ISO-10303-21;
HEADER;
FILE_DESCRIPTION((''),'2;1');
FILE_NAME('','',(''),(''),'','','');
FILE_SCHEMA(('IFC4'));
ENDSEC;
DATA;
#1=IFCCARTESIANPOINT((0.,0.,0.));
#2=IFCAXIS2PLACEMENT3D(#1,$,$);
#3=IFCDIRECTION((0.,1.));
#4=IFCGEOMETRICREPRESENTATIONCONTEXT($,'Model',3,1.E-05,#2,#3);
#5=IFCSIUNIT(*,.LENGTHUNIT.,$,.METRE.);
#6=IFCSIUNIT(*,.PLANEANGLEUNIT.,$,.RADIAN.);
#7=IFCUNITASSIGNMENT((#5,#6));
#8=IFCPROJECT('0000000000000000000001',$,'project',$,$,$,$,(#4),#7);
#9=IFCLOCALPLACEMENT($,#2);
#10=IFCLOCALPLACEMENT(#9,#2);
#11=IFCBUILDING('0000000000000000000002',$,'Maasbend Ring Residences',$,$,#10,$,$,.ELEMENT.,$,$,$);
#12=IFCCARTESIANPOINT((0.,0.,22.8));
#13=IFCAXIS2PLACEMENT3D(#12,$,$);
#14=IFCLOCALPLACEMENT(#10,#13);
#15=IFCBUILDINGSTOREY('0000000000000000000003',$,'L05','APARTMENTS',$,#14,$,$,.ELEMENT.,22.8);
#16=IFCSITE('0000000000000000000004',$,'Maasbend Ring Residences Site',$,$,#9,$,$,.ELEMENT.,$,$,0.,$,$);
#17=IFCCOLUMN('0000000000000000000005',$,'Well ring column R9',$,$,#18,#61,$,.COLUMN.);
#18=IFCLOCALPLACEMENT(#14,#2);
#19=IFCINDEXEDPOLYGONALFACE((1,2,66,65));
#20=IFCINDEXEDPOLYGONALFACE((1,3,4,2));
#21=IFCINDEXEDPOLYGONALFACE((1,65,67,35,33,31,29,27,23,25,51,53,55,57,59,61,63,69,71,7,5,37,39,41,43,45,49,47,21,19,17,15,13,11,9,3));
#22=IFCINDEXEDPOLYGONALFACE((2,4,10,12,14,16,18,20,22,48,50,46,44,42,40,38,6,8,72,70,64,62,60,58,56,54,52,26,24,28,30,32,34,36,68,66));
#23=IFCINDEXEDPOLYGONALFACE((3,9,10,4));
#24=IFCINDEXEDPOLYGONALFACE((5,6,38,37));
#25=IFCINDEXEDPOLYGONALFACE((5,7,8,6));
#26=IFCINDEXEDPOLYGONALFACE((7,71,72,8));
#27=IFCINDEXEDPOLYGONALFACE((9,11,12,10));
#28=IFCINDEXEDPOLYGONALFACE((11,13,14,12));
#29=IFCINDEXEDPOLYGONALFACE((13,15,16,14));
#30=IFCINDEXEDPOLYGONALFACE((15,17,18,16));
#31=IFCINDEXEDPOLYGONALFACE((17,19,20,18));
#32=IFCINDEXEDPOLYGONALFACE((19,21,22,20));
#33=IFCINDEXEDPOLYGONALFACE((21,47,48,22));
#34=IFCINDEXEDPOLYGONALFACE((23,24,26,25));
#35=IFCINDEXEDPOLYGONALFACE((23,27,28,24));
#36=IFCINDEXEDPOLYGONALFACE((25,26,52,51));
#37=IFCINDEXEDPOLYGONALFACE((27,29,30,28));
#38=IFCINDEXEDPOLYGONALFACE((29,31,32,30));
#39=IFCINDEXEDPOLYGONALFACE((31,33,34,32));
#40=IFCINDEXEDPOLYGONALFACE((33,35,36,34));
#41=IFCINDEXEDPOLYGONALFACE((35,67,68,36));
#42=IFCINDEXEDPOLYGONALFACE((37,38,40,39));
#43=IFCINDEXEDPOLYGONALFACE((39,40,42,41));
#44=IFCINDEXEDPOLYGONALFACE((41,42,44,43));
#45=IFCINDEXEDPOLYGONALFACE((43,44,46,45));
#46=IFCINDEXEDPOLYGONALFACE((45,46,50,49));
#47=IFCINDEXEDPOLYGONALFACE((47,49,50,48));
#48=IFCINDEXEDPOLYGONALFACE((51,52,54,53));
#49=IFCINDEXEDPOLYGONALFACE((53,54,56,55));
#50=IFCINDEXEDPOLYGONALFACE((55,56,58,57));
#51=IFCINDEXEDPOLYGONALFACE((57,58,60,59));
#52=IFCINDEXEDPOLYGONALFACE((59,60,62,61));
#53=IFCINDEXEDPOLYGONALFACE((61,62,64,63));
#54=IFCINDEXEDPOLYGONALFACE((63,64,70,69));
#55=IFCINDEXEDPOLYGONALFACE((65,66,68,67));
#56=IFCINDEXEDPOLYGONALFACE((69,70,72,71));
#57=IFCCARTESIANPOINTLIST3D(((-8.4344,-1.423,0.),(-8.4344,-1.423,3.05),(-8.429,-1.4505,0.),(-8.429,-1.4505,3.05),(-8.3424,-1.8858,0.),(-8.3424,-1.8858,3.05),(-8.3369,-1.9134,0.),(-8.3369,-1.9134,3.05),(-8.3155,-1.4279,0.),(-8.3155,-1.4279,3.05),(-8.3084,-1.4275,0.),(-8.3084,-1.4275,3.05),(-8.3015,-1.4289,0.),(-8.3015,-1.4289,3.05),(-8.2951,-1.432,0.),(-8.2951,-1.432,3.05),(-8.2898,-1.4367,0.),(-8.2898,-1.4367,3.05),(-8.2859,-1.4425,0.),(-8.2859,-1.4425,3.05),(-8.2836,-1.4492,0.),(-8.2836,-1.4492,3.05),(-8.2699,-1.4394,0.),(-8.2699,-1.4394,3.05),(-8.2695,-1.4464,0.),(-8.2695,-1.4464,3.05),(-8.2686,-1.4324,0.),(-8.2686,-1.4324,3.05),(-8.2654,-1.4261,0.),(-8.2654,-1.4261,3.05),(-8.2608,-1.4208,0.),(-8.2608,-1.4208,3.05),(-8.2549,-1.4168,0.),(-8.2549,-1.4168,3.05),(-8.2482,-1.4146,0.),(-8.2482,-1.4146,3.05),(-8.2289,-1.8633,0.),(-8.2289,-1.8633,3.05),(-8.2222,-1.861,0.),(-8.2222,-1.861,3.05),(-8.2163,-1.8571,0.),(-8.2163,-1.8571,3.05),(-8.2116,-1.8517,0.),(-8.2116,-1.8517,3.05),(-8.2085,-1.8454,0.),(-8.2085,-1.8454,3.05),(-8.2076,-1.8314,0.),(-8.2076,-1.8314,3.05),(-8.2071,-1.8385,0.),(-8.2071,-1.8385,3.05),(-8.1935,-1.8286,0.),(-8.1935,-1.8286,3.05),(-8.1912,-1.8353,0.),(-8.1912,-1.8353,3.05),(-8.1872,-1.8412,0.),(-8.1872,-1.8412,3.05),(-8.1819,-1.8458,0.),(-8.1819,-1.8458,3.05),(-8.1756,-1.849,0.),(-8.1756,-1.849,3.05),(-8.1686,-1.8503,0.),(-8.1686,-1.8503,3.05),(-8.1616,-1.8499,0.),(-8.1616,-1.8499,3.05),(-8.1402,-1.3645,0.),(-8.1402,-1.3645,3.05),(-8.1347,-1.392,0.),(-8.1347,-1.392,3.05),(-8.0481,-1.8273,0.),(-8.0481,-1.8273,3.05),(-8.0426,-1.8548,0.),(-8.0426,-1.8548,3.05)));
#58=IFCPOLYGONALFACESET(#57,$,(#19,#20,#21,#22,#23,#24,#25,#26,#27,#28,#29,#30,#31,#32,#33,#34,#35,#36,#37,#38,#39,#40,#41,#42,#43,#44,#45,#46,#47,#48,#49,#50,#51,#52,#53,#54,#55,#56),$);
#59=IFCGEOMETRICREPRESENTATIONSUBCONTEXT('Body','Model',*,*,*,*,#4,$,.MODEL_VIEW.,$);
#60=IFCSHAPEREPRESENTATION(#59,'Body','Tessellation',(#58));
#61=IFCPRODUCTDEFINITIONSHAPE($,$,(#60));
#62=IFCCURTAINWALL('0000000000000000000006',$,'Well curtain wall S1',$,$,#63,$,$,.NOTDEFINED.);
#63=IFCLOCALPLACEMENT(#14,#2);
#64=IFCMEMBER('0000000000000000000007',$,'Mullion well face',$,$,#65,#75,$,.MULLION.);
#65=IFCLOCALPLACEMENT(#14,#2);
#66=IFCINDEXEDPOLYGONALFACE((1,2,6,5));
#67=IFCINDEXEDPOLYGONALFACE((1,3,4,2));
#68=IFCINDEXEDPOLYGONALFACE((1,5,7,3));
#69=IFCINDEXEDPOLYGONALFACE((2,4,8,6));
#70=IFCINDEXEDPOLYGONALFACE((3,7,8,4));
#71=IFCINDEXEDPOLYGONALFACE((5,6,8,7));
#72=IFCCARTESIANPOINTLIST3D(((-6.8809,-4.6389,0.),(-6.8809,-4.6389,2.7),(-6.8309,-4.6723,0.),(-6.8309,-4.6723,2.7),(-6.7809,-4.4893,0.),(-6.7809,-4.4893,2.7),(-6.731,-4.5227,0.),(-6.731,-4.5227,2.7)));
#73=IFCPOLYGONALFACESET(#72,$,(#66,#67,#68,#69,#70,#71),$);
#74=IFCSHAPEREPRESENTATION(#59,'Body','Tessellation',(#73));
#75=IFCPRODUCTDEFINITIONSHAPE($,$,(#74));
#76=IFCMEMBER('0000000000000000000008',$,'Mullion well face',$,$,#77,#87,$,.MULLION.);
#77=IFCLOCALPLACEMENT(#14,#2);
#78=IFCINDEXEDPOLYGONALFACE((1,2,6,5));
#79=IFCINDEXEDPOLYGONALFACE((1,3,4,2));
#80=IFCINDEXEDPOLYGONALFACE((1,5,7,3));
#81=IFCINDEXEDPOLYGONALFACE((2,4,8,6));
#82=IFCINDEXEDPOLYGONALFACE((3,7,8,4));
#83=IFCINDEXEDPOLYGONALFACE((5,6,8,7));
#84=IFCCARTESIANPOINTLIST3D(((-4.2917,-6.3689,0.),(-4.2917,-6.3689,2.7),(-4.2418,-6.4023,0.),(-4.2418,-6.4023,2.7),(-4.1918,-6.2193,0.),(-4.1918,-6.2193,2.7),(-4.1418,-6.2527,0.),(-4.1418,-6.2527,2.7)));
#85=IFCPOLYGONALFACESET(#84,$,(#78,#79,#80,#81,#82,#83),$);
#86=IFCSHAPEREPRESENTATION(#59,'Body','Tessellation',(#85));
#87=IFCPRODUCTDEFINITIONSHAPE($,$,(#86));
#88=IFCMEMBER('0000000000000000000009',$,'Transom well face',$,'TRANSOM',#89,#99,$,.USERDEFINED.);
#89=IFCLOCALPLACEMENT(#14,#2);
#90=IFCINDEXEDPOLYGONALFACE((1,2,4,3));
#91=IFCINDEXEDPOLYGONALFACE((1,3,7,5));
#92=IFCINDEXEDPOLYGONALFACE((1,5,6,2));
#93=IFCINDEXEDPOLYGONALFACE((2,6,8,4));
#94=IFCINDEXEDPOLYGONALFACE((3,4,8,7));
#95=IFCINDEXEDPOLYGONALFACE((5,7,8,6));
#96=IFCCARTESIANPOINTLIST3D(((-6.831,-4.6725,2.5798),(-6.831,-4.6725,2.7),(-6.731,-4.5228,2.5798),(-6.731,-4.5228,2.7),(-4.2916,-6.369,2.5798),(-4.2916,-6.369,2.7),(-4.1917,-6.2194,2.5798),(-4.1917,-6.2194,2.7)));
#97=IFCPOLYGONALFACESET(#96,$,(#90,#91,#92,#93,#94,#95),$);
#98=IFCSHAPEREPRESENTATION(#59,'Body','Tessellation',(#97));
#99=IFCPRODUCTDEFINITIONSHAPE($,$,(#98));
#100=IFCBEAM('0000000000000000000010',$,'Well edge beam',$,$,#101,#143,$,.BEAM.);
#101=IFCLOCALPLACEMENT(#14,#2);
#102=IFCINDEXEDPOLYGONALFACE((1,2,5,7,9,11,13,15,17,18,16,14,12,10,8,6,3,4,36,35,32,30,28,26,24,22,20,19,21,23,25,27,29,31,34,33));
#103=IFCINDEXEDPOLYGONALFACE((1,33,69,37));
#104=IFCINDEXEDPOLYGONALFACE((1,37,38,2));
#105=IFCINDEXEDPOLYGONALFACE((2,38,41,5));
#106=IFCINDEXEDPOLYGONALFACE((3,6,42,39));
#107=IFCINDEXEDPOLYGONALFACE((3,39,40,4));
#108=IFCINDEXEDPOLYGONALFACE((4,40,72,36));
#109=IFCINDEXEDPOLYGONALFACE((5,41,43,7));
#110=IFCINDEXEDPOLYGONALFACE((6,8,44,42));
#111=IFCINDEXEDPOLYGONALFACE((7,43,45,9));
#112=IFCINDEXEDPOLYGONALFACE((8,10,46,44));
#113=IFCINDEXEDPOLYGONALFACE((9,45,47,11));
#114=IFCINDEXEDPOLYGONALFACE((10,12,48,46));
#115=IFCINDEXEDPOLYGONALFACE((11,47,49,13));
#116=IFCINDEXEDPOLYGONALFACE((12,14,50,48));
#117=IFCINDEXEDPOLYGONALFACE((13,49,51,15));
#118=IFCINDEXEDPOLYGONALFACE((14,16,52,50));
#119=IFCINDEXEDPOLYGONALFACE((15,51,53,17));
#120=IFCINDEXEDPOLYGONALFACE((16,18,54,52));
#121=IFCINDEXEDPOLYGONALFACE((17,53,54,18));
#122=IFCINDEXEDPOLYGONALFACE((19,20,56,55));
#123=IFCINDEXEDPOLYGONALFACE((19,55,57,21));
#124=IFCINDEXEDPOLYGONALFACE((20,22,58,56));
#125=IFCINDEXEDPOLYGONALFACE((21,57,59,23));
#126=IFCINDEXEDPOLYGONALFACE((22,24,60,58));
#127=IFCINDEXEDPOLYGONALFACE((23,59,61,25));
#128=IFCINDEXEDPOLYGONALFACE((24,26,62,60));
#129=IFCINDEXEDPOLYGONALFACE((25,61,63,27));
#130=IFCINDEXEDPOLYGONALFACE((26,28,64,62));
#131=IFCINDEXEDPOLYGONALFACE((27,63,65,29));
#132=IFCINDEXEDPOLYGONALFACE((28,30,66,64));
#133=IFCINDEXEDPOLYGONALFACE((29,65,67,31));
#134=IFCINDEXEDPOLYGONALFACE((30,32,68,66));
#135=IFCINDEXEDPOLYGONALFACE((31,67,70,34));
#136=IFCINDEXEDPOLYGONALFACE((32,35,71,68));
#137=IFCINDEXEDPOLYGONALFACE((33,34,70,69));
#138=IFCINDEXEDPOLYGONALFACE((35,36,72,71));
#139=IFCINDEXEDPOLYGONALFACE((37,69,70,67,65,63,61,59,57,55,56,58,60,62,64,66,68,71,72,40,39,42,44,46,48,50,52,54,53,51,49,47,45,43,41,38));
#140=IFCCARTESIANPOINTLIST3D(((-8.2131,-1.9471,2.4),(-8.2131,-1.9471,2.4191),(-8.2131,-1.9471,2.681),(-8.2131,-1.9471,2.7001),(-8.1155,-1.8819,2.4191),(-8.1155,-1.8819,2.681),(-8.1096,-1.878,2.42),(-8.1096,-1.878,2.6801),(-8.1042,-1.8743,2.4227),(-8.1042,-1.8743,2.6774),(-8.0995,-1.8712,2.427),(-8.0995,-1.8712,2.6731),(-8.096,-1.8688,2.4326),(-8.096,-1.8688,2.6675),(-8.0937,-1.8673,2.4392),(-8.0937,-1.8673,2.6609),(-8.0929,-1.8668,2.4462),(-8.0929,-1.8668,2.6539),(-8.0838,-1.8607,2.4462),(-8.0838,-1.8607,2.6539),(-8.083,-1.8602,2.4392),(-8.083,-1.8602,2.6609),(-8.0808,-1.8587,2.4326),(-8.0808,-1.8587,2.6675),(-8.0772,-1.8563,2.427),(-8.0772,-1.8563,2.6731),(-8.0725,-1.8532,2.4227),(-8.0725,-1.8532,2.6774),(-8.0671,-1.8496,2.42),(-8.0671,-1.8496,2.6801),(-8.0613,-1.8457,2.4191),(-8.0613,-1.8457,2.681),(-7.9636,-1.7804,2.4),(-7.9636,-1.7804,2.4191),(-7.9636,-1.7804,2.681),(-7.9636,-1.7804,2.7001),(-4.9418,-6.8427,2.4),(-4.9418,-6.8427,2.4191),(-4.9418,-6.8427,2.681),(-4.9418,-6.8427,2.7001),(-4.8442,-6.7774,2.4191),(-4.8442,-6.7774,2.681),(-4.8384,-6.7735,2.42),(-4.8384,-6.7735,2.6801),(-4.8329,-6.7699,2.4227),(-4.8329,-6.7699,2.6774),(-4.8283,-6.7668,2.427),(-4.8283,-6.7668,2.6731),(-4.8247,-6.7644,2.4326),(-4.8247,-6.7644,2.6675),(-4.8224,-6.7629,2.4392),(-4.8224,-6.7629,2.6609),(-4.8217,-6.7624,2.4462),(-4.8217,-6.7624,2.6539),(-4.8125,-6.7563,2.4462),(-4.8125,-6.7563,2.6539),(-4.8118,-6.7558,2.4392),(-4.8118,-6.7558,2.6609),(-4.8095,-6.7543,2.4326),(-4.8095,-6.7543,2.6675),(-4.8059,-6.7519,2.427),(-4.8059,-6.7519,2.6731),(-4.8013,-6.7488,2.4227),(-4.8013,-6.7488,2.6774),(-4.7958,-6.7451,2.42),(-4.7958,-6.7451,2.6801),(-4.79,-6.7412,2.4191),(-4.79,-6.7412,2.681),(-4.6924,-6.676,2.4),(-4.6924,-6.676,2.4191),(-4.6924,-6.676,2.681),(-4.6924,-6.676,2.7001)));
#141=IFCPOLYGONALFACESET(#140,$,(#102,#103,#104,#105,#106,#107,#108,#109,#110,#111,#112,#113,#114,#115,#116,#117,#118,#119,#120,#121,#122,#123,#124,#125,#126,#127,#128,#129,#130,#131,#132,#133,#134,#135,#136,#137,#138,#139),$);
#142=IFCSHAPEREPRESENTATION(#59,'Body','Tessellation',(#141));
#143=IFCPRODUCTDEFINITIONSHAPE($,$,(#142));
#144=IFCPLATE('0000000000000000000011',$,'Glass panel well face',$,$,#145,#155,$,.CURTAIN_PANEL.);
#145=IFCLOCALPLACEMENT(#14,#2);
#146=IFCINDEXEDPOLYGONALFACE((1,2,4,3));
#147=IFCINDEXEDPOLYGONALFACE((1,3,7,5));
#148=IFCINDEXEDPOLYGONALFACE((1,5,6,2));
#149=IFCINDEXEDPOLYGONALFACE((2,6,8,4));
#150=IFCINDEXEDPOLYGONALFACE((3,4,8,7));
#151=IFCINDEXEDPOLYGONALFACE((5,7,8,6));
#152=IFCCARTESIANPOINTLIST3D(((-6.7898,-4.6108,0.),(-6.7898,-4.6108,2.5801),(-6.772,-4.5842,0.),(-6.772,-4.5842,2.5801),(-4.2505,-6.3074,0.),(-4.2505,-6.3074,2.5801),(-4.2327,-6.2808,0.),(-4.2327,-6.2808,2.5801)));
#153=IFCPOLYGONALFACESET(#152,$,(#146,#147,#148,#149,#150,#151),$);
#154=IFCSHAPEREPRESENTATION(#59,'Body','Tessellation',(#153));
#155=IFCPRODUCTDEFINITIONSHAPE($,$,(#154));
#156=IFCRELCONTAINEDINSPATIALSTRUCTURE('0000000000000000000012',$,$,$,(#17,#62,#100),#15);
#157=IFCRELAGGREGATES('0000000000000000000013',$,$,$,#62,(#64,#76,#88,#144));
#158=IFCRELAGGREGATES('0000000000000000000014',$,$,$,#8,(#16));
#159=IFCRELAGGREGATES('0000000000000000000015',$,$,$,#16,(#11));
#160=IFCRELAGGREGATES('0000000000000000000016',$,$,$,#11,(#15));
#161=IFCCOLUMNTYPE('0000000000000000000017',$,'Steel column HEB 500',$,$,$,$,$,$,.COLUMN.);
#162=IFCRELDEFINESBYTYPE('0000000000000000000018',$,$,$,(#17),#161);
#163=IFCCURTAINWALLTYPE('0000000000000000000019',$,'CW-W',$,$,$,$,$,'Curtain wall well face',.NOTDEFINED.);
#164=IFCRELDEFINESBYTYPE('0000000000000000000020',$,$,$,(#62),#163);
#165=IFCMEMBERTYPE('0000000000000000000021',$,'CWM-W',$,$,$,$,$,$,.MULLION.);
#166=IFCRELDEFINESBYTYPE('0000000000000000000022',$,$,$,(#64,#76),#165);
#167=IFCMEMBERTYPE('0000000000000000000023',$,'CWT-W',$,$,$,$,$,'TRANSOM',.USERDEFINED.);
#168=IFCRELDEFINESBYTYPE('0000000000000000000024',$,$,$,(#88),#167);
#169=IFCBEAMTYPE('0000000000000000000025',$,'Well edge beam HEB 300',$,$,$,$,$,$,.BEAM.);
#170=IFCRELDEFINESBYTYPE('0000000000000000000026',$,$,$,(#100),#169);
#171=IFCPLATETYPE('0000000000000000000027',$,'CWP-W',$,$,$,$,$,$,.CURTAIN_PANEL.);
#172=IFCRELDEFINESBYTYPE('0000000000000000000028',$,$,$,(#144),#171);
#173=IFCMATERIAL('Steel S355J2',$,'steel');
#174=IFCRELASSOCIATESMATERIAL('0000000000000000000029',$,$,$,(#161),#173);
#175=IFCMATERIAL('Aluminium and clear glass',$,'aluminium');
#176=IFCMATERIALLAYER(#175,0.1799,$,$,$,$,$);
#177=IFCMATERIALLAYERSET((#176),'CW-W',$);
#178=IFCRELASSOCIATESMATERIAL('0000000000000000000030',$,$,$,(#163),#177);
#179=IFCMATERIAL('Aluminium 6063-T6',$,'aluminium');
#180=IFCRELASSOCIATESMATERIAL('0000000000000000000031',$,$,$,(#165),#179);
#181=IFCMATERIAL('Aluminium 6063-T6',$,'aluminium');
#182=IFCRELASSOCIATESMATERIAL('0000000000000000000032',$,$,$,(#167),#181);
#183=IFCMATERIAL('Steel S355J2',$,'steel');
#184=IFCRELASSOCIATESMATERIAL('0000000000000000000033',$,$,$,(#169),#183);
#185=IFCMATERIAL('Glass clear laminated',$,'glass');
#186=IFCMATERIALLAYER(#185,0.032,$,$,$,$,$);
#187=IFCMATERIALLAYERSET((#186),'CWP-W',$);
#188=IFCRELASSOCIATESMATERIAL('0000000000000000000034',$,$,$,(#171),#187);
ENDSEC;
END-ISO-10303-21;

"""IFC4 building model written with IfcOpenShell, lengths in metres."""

from ifc_helpers import new_model, si_unit, direction, frame, origin, origin_2d, place, context, subcontext, project, spatial, rectangle, i_section, extrude, material, layer, layer_set, material_profile, profile_set, type_object, element, aggregate, save


model = new_model("IFC4")

# Units and contexts
model_context = context("Model", 3, precision=1e-05, world=origin(), true_north=direction((0.0, 1.0)))
body_context = subcontext(model_context, "Body", "Model", "MODEL_VIEW")
ifc_project = project(units=[si_unit("LENGTHUNIT", "METRE"), si_unit("PLANEANGLEUNIT", "RADIAN")], contexts=[model_context])

# Site, building, storey
site_placement = place(None, origin())
site = spatial("IfcSite", under=ifc_project, at=site_placement, Name="Maasbend Ring Residences Site", CompositionType="ELEMENT", RefElevation=0.0)
building_placement = place(site_placement, origin())
building = spatial("IfcBuilding", under=site, at=building_placement, Name="Maasbend Ring Residences", CompositionType="ELEMENT")
storey_placement = place(building_placement, frame((0.0, 0.0, 22.8)))
storey = spatial("IfcBuildingStorey", under=building, at=storey_placement, Name="L05", Description="APARTMENTS", CompositionType="ELEMENT", Elevation=22.8)

# Column
ifc_material_1 = material(Name="Steel S355J2", Category="steel")
ifc_material_profile_1 = material_profile(ifc_material_1, i_section(OverallWidth=0.3, OverallDepth=0.5, WebThickness=0.0144, FlangeThickness=0.0281, FilletRadius=0.0271, at=origin_2d()), Name="HEB 500")
ifc_profile_set_1 = profile_set([ifc_material_profile_1], Name="Steel S355J2")
column_type = type_object("IfcColumnType", Name="Steel column HEB 500", PredefinedType="COLUMN", material=ifc_profile_set_1)
column_placement = place(storey_placement, frame((-8.2385, -1.6389, 0.0), z_axis=(0.0, 0.0, 1.0), x_axis=(-0.980785, -0.19509, 0.0)))
element("IfcColumn", 1, at=column_placement, inside=storey, type_object=column_type, Name="Well ring column R9", PredefinedType="COLUMN", context=body_context, shape_type="SweptSolid", body=[
    extrude(i_section(OverallWidth=0.3, OverallDepth=0.5, WebThickness=0.0144, FlangeThickness=0.0281, FilletRadius=0.0271, at=origin_2d()), origin(), (0.0, 0.0, 1.0), 3.05),
])

# Curtain wall, members
ifc_material_2 = material(Name="Aluminium and clear glass", Category="aluminium")
ifc_layer_1 = layer(ifc_material_2, 0.1799)
ifc_layer_set_1 = layer_set([ifc_layer_1], Name="CW-W")
curtain_wall_type = type_object("IfcCurtainWallType", Name="CW-W", ElementType="Curtain wall well face", PredefinedType="NOTDEFINED", material=ifc_layer_set_1)
curtain_wall_placement = place(storey_placement, origin())
curtain_wall = element("IfcCurtainWall", 2, at=curtain_wall_placement, inside=storey, type_object=curtain_wall_type, Name="Well curtain wall S1", PredefinedType="NOTDEFINED")
ifc_material_3 = material(Name="Aluminium 6063-T6", Category="aluminium")
ifc_material_profile_2 = material_profile(ifc_material_3, rectangle(XDim=0.1799, YDim=0.0601, at=origin_2d()), Name="AL 180x60")
ifc_profile_set_2 = profile_set([ifc_material_profile_2], Name="Aluminium 6063-T6")
member_type_1 = type_object("IfcMemberType", Name="CWM-W", PredefinedType="MULLION", material=ifc_profile_set_2)
member_1_placement = place(storey_placement, frame((-6.8059, -4.5808, 0.0), z_axis=(0.0, 0.0, 1.0), x_axis=(0.55557, 0.83147, 0.0)))
member_1 = element("IfcMember", 3, at=member_1_placement, type_object=member_type_1, Name="Mullion well face", PredefinedType="MULLION", context=body_context, shape_type="SweptSolid", body=[
    extrude(rectangle(XDim=0.1799, YDim=0.0601, at=origin_2d()), origin(), (0.0, 0.0, 1.0), 2.7),
])
member_2_placement = place(storey_placement, frame((-4.2168, -6.3108, 0.0), z_axis=(0.0, 0.0, 1.0), x_axis=(0.55557, 0.83147, 0.0)))
member_2 = element("IfcMember", 4, at=member_2_placement, type_object=member_type_1, Name="Mullion well face", PredefinedType="MULLION", context=body_context, shape_type="SweptSolid", body=[
    extrude(rectangle(XDim=0.1799, YDim=0.0601, at=origin_2d()), origin(), (0.0, 0.0, 1.0), 2.7),
])
ifc_material_4 = material(Name="Aluminium 6063-T6", Category="aluminium")
ifc_material_profile_3 = material_profile(ifc_material_4, rectangle(XDim=0.1799, YDim=0.1201, at=origin_2d()), Name="AL 180x120")
ifc_profile_set_3 = profile_set([ifc_material_profile_3], Name="Aluminium 6063-T6")
member_type_2 = type_object("IfcMemberType", Name="CWT-W", ElementType="TRANSOM", PredefinedType="USERDEFINED", material=ifc_profile_set_3)
member_3_placement = place(storey_placement, frame((-6.781, -4.5977, 2.6399), z_axis=(0.831496, -0.55553, 0.0), x_axis=(0.55553, 0.831496, 0.0)))
member_3 = element("IfcMember", 5, at=member_3_placement, type_object=member_type_2, Name="Transom well face", ObjectType="TRANSOM", PredefinedType="USERDEFINED", context=body_context, shape_type="SweptSolid", body=[
    extrude(rectangle(XDim=0.1799, YDim=0.1201, at=origin_2d()), origin(), (0.0, 0.0, 1.0), 3.054),
])

# Beam
ifc_material_5 = material(Name="Steel S355J2", Category="steel")
ifc_material_profile_4 = material_profile(ifc_material_5, i_section(OverallWidth=0.3, OverallDepth=0.3, WebThickness=0.011, FlangeThickness=0.019, FilletRadius=0.0271, at=origin_2d()), Name="HEB 300")
ifc_profile_set_4 = profile_set([ifc_material_profile_4], Name="Steel S355J2")
beam_type = type_object("IfcBeamType", Name="Well edge beam HEB 300", PredefinedType="BEAM", material=ifc_profile_set_4)
beam_placement = place(storey_placement, frame((-8.0884, -1.8638, 2.55), z_axis=(0.55559, -0.831457, 0.0), x_axis=(0.831457, 0.55559, 0.0)))
element("IfcBeam", 6, at=beam_placement, inside=storey, type_object=beam_type, Name="Well edge beam", PredefinedType="BEAM", context=body_context, shape_type="SweptSolid", body=[
    extrude(i_section(OverallWidth=0.3, OverallDepth=0.3, WebThickness=0.011, FlangeThickness=0.019, FilletRadius=0.0271, at=origin_2d()), origin(), (0.0, 0.0, 1.0), 5.8879),
])

# Plate
ifc_material_6 = material(Name="Glass clear laminated", Category="glass")
ifc_layer_2 = layer(ifc_material_6, 0.032)
ifc_layer_set_2 = layer_set([ifc_layer_2], Name="CWP-W")
plate_type = type_object("IfcPlateType", Name="CWP-W", PredefinedType="CURTAIN_PANEL", material=ifc_layer_set_2)
plate_placement = place(storey_placement, frame((-5.5112, -5.4458, 0.0), z_axis=(0.0, 0.0, 1.0), x_axis=(0.83147, -0.55557, 0.0)))
plate = element("IfcPlate", 7, at=plate_placement, type_object=plate_type, Name="Glass panel well face", PredefinedType="CURTAIN_PANEL", context=body_context, shape_type="SweptSolid", body=[
    extrude(rectangle(XDim=3.054, YDim=0.032, at=origin_2d()), origin(), (0.0, 0.0, 1.0), 2.5801),
])
aggregate(curtain_wall, [member_1, member_2, member_3, plate])

save(model, "model.ifc")
